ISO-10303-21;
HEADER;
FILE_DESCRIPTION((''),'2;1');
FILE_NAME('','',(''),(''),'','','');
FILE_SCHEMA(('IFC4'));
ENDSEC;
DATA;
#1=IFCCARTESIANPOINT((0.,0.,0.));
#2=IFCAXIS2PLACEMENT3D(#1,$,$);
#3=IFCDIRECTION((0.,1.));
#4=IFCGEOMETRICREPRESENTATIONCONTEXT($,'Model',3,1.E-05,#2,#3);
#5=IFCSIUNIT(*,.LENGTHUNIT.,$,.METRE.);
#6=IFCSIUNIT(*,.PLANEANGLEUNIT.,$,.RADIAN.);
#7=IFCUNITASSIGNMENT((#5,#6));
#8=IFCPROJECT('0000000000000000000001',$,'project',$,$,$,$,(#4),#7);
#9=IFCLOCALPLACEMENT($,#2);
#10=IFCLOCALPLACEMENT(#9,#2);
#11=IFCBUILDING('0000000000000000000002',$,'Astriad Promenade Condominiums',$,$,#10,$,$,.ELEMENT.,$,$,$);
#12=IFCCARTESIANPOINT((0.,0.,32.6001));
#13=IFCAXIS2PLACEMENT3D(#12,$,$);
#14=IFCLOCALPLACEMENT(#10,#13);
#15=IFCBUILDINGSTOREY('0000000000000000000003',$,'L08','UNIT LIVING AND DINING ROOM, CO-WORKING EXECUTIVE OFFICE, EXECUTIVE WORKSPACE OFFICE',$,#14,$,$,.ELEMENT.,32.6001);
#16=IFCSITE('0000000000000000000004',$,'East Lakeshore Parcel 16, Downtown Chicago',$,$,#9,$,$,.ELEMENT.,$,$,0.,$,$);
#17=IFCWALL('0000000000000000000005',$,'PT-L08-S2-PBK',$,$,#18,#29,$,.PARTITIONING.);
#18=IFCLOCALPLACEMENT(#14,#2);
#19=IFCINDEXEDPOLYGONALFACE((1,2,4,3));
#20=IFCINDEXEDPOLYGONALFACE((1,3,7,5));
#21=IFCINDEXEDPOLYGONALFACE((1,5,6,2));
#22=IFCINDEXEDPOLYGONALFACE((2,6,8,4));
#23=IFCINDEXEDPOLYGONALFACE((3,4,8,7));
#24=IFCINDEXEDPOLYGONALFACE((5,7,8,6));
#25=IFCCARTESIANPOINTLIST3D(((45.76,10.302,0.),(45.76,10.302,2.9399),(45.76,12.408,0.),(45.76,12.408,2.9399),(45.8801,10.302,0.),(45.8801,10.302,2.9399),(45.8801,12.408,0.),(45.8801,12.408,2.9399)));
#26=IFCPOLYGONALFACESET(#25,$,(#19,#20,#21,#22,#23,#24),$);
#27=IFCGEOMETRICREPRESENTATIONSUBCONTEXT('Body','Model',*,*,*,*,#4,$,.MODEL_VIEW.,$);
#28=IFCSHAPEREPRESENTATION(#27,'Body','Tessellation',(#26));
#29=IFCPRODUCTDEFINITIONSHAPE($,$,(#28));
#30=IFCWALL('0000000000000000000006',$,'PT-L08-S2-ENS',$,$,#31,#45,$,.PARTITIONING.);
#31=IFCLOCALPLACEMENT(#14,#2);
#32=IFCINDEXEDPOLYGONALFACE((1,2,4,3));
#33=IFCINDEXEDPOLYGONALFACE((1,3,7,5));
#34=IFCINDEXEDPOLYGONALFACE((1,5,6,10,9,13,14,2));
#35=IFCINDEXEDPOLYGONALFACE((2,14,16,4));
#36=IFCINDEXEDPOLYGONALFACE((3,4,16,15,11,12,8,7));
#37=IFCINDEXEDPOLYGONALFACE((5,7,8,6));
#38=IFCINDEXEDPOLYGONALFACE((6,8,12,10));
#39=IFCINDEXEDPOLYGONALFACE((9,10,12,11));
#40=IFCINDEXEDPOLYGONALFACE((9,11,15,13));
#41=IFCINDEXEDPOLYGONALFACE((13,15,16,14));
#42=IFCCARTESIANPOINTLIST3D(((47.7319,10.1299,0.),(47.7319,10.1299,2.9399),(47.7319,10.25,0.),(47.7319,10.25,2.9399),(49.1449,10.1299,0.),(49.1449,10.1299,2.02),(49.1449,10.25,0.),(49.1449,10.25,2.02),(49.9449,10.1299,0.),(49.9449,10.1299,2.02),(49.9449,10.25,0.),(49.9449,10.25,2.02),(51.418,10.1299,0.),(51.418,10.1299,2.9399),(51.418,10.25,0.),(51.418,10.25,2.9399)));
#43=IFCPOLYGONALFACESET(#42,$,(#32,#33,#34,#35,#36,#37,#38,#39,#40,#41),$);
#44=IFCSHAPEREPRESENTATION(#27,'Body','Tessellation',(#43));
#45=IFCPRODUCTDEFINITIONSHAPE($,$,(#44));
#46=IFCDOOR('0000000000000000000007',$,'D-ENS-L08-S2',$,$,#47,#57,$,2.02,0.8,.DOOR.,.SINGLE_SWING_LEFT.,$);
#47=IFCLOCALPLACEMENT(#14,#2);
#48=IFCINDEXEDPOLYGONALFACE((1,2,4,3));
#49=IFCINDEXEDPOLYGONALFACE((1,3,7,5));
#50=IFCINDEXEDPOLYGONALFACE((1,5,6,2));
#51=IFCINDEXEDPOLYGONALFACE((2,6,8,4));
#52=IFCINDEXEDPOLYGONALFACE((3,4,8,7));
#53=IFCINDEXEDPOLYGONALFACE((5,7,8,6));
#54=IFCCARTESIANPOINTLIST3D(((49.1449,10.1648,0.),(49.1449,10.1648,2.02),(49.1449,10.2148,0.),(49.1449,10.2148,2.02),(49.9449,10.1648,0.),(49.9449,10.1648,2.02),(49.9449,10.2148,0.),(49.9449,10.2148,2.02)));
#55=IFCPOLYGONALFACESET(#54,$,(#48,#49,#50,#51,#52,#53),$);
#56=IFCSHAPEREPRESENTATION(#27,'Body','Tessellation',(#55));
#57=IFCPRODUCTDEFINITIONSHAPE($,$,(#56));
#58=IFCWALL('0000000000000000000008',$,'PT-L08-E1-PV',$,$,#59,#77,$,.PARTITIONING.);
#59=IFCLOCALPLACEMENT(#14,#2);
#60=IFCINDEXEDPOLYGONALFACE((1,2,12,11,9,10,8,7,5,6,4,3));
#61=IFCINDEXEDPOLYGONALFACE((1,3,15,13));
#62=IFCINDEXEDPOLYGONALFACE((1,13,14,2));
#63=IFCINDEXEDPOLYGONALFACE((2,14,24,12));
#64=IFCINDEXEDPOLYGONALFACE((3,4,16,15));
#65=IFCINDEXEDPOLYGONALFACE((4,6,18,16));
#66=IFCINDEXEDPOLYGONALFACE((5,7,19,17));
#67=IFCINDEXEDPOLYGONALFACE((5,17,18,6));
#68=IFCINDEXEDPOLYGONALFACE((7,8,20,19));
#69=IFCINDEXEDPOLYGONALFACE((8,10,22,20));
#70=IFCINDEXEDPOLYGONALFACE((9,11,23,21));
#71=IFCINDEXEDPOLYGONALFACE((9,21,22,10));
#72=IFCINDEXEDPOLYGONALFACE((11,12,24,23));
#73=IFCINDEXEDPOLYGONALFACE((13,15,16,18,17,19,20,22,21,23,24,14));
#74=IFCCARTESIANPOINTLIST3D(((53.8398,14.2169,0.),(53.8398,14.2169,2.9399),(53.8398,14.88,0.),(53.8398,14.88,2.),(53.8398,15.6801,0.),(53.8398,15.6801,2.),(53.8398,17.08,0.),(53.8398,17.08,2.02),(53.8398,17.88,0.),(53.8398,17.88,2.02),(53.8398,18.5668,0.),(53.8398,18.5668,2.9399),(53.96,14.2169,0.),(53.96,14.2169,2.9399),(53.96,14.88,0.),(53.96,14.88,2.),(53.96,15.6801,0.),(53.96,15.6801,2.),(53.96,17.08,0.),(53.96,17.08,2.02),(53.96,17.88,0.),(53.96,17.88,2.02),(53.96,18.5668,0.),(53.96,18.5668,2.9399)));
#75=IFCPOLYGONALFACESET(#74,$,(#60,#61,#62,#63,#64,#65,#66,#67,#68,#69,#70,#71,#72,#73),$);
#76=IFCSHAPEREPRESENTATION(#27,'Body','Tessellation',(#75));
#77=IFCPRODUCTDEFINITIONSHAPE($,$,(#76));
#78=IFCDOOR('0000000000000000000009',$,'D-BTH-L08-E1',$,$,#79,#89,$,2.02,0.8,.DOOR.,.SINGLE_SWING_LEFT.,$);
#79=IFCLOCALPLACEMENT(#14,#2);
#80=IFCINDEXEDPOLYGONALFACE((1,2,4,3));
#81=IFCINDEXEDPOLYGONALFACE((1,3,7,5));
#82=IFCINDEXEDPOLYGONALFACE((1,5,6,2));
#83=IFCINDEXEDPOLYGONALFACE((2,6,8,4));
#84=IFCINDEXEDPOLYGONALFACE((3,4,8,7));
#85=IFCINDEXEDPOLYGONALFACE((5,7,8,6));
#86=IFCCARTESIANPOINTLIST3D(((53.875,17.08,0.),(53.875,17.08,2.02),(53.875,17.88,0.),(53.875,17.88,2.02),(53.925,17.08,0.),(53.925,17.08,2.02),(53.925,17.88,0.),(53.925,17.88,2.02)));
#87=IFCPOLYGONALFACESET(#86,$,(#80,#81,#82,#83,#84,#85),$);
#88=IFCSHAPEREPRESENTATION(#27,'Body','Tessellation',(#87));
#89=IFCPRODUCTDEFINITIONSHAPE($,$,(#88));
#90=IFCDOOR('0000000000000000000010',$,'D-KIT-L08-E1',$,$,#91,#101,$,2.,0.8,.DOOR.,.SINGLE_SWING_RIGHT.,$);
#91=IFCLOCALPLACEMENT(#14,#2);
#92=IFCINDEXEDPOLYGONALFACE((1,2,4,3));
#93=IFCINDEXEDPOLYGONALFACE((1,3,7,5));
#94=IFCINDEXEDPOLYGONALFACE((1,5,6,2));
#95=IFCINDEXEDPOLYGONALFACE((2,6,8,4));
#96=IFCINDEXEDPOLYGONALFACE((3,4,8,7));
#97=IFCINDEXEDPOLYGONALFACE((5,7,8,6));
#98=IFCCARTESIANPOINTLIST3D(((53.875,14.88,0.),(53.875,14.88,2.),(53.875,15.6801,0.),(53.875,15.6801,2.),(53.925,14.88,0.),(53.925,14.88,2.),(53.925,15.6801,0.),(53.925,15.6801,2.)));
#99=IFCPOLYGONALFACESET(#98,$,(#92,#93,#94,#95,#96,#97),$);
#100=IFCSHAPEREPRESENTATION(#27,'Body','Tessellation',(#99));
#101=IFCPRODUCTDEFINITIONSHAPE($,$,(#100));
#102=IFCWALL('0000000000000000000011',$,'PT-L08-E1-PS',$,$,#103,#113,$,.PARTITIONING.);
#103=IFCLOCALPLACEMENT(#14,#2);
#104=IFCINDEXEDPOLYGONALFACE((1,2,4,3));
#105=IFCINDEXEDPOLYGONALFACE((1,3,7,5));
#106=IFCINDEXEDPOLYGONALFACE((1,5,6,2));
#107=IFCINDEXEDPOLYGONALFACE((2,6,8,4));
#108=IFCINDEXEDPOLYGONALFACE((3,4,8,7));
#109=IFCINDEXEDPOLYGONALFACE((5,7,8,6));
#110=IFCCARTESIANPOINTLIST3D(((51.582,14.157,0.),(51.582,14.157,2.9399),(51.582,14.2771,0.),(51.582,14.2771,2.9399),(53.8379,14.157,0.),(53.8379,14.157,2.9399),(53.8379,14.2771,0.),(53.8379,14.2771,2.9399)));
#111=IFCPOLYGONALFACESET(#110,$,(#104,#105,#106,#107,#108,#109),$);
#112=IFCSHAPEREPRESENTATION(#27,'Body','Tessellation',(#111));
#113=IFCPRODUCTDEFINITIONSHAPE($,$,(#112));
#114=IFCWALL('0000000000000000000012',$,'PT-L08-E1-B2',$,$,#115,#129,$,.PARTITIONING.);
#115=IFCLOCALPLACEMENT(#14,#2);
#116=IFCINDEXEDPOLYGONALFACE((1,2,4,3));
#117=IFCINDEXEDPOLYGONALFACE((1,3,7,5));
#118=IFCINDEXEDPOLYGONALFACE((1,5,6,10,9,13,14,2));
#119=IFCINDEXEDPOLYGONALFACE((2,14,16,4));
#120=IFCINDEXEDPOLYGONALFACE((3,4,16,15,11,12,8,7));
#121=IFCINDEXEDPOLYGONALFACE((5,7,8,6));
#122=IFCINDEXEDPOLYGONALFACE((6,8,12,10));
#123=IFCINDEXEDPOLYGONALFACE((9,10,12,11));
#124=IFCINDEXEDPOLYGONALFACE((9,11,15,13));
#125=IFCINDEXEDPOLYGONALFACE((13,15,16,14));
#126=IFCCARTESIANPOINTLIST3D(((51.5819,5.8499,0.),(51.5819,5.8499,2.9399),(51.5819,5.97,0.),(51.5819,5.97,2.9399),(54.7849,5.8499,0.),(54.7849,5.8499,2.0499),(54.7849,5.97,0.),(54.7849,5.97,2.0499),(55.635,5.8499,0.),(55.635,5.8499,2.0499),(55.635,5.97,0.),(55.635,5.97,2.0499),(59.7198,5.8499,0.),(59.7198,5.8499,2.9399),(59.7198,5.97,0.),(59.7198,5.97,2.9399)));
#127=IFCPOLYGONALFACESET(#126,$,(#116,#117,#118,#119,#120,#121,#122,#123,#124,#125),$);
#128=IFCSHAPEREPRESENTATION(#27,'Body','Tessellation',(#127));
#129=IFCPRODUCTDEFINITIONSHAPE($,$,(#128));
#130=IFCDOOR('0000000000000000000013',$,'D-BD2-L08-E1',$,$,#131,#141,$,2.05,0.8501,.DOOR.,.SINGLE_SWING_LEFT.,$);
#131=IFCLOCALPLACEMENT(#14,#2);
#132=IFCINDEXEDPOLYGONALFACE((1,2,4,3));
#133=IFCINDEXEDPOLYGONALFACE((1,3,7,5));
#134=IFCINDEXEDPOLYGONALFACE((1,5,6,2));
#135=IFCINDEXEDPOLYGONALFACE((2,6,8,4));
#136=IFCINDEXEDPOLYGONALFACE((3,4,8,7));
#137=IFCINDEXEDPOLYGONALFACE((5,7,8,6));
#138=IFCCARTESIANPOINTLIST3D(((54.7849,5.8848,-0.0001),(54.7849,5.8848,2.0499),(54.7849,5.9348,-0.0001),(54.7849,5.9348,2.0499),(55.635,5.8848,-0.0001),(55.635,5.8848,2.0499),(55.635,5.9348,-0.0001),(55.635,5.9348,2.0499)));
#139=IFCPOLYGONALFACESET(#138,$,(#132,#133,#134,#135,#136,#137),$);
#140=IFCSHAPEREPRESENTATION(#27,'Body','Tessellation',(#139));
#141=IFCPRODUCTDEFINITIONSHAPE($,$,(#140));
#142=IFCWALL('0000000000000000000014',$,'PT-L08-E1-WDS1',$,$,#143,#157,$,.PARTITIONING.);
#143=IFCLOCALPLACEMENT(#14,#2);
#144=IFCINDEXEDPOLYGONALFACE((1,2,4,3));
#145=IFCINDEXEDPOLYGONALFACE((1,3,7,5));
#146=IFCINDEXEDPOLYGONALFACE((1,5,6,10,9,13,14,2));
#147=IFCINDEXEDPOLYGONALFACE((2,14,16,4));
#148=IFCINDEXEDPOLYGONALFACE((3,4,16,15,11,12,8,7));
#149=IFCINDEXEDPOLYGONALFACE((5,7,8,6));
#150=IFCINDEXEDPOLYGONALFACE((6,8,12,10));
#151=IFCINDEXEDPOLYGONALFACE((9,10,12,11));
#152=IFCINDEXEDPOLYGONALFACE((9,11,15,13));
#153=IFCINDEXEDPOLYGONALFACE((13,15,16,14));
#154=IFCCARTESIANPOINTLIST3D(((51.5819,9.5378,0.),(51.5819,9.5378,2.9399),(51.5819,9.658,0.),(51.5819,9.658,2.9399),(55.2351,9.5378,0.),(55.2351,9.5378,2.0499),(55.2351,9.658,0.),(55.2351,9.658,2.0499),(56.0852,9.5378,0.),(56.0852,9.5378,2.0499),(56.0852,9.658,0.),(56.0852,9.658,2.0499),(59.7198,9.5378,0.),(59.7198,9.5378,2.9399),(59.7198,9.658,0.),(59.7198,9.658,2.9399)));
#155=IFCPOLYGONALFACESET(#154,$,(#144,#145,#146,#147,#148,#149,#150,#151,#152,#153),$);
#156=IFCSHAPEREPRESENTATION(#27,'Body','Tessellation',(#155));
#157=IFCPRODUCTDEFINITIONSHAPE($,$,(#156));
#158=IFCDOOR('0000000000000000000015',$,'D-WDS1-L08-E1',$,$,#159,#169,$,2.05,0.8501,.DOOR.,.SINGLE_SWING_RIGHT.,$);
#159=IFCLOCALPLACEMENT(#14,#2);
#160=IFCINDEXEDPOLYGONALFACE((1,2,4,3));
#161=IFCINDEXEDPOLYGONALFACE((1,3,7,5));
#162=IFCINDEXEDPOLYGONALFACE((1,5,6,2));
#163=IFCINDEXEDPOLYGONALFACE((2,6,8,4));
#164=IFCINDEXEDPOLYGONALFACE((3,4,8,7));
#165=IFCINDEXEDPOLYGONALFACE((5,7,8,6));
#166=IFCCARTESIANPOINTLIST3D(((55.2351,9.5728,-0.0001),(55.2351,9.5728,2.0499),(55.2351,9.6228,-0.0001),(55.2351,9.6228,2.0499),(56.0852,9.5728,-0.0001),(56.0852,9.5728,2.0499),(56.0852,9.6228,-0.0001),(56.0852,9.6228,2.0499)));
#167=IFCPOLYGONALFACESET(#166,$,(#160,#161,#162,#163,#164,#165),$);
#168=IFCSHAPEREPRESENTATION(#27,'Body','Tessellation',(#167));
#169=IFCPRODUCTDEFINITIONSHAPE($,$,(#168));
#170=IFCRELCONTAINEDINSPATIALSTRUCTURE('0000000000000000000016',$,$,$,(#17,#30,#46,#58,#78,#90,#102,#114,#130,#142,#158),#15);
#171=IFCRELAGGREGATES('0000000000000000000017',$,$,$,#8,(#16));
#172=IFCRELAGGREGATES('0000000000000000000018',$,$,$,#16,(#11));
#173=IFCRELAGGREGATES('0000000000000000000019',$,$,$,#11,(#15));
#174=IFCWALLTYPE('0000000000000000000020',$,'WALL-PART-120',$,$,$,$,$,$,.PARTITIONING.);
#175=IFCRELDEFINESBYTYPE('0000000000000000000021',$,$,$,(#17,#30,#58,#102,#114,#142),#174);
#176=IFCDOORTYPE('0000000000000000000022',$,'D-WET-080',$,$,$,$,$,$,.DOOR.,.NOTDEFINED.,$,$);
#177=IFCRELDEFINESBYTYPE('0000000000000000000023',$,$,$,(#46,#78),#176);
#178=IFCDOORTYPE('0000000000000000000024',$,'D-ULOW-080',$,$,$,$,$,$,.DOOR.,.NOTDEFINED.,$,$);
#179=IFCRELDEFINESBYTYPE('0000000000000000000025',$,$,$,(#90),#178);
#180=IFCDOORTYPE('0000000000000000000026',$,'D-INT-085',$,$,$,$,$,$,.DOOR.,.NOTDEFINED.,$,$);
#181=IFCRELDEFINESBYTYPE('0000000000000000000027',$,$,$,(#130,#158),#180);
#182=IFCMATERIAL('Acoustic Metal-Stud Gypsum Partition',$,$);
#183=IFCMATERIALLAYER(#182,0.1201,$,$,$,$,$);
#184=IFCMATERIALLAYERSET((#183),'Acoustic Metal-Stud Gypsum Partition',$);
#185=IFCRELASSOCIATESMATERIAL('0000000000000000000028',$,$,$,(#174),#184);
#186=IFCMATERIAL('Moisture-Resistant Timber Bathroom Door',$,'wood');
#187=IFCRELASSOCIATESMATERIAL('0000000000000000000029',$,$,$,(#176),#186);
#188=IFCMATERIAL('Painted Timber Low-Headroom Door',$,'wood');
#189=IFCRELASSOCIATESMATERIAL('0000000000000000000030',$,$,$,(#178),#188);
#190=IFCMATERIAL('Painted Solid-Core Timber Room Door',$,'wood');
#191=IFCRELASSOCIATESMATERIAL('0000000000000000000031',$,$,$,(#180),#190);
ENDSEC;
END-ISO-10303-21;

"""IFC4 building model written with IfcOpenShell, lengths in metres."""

from ifc_helpers import new_model, si_unit, direction, frame, frame_2d, origin, place, context, subcontext, project, spatial, rectangle, extrude, source, transform, mapped, material, layer, layer_set, type_object, type_shapes, element, fill, save


model = new_model("IFC4")

# Units and contexts
model_context = context("Model", 3, precision=1e-05, world=origin(), true_north=direction((0.0, 1.0)))
body_context = subcontext(model_context, "Body", "Model", "MODEL_VIEW")
ifc_project = project(units=[si_unit("LENGTHUNIT", "METRE"), si_unit("PLANEANGLEUNIT", "RADIAN")], contexts=[model_context])

# Site, building, storey
site_placement = place(None, origin())
site = spatial("IfcSite", under=ifc_project, at=site_placement, Name="East Lakeshore Parcel 16, Downtown Chicago", CompositionType="ELEMENT", RefElevation=0.0)
building_placement = place(site_placement, origin())
building = spatial("IfcBuilding", under=site, at=building_placement, Name="Astriad Promenade Condominiums", CompositionType="ELEMENT")
storey_placement = place(building_placement, frame((0.0, 0.0, 32.6001)))
storey = spatial("IfcBuildingStorey", under=building, at=storey_placement, Name="L08", Description="UNIT LIVING AND DINING ROOM, CO-WORKING EXECUTIVE OFFICE, EXECUTIVE WORKSPACE OFFICE", CompositionType="ELEMENT", Elevation=32.6001)

# Shared definitions
ifc_material_1 = material(Name="Acoustic Metal-Stud Gypsum Partition")
ifc_layer_1 = layer(ifc_material_1, 0.1201)
ifc_layer_set_1 = layer_set([ifc_layer_1], Name="Acoustic Metal-Stud Gypsum Partition")
wall_type_1 = type_object("IfcWallType", Name="WALL-PART-120", PredefinedType="PARTITIONING", material=ifc_layer_set_1)

# Wall
wall_1_placement = place(storey_placement, frame((45.8201, 10.302, 0.0), z_axis=(0.0, 0.0, 1.0), x_axis=(0.0, 1.0, 0.0)))
element("IfcWall", 1, at=wall_1_placement, inside=storey, type_object=wall_type_1, Name="PT-L08-S2-PBK", PredefinedType="PARTITIONING", context=body_context, shape_type="SweptSolid", body=[
    extrude(rectangle(XDim=2.106, YDim=0.1201, at=frame_2d((1.053, 0.0))), origin(), (0.0, 0.0, 1.0), 2.9399),
])

# Wall, opening, door
wall_2_placement = place(storey_placement, frame((47.7319, 10.1899, 0.0), z_axis=(0.0, 0.0, 1.0), x_axis=(1.0, 0.0, 0.0)))
wall_2 = element("IfcWall", 2, at=wall_2_placement, inside=storey, type_object=wall_type_1, Name="PT-L08-S2-ENS", PredefinedType="PARTITIONING", context=body_context, shape_type="SweptSolid", body=[
    extrude(rectangle(XDim=3.686, YDim=0.1201, at=frame_2d((1.843, 0.0))), origin(), (0.0, 0.0, 1.0), 2.9399),
])
opening_1_placement = place(wall_2_placement, frame((1.4131, 0.0, 0.0)))
opening_1 = element("IfcOpeningElement", 3, at=opening_1_placement, cuts=wall_2, PredefinedType="OPENING", context=body_context, shape_type="SweptSolid", body=[
    extrude(rectangle(XDim=0.8, YDim=2.02, at=frame_2d((0.3999, 1.01))), frame((0.0, 0.0701, 0.0), z_axis=(0.0, -1.0, 0.0), x_axis=(1.0, 0.0, 0.0)), (0.0, 0.0, 1.0), 0.1401),
])
ifc_material_2 = material(Name="Moisture-Resistant Timber Bathroom Door", Category="wood")
door_type_1 = type_object("IfcDoorType", Name="D-WET-080", OperationType="NOTDEFINED", PredefinedType="DOOR", material=ifc_material_2)
shared_shape_1 = source(origin(), body_context, "Body", "SweptSolid", [
    extrude(rectangle(XDim=0.8, YDim=2.02, at=frame_2d((0.3999, 1.01))), frame((0.0, 0.0249, 0.0), z_axis=(0.0, -1.0, 0.0), x_axis=(1.0, 0.0, 0.0)), (0.0, 0.0, 1.0), 0.05),
])
type_shapes(door_type_1, [shared_shape_1])
door_1_placement = place(opening_1_placement, origin())
door_1 = element("IfcDoor", 4, at=door_1_placement, inside=storey, type_object=door_type_1, Name="D-ENS-L08-S2", OperationType="SINGLE_SWING_LEFT", OverallHeight=2.02, OverallWidth=0.8, PredefinedType="DOOR", context=body_context, shape_type="MappedRepresentation", body=[
    mapped(shared_shape_1, transform((0.0, 0.0, 0.0), scale=1.0)),
])
fill(opening_1, door_1)

# Wall, openings, doors
wall_3_placement = place(storey_placement, frame((53.8999, 14.217, 0.0), z_axis=(0.0, 0.0, 1.0), x_axis=(0.0, 1.0, 0.0)))
wall_3 = element("IfcWall", 5, at=wall_3_placement, inside=storey, type_object=wall_type_1, Name="PT-L08-E1-PV", PredefinedType="PARTITIONING", context=body_context, shape_type="SweptSolid", body=[
    extrude(rectangle(XDim=4.3499, YDim=0.1201, at=frame_2d((2.1748, 0.0))), origin(), (0.0, 0.0, 1.0), 2.9399),
])
opening_2_placement = place(wall_3_placement, frame((0.6631, 0.0, 0.0)))
opening_2 = element("IfcOpeningElement", 6, at=opening_2_placement, cuts=wall_3, PredefinedType="OPENING", context=body_context, shape_type="SweptSolid", body=[
    extrude(rectangle(XDim=0.8, YDim=2.0, at=frame_2d((0.3999, 1.0))), frame((0.0, 0.0701, 0.0), z_axis=(0.0, -1.0, 0.0), x_axis=(1.0, 0.0, 0.0)), (0.0, 0.0, 1.0), 0.1401),
])
opening_3_placement = place(wall_3_placement, frame((2.863, 0.0, 0.0)))
opening_3 = element("IfcOpeningElement", 7, at=opening_3_placement, cuts=wall_3, PredefinedType="OPENING", context=body_context, shape_type="SweptSolid", body=[
    extrude(rectangle(XDim=0.8, YDim=2.02, at=frame_2d((0.3999, 1.01))), frame((0.0, 0.0701, 0.0), z_axis=(0.0, -1.0, 0.0), x_axis=(1.0, 0.0, 0.0)), (0.0, 0.0, 1.0), 0.1401),
])
door_2_placement = place(opening_3_placement, origin())
door_2 = element("IfcDoor", 8, at=door_2_placement, inside=storey, type_object=door_type_1, Name="D-BTH-L08-E1", OperationType="SINGLE_SWING_LEFT", OverallHeight=2.02, OverallWidth=0.8, PredefinedType="DOOR", context=body_context, shape_type="MappedRepresentation", body=[
    mapped(shared_shape_1, transform((0.0, 0.0, 0.0), scale=1.0)),
])
fill(opening_3, door_2)
ifc_material_3 = material(Name="Painted Timber Low-Headroom Door", Category="wood")
door_type_2 = type_object("IfcDoorType", Name="D-ULOW-080", OperationType="NOTDEFINED", PredefinedType="DOOR", material=ifc_material_3)
shared_shape_2 = source(origin(), body_context, "Body", "SweptSolid", [
    extrude(rectangle(XDim=0.8, YDim=2.0, at=frame_2d((0.3999, 1.0))), frame((0.0, 0.0249, 0.0), z_axis=(0.0, -1.0, 0.0), x_axis=(1.0, 0.0, 0.0)), (0.0, 0.0, 1.0), 0.05),
])
type_shapes(door_type_2, [shared_shape_2])
door_3_placement = place(opening_2_placement, origin())
door_3 = element("IfcDoor", 9, at=door_3_placement, inside=storey, type_object=door_type_2, Name="D-KIT-L08-E1", OperationType="SINGLE_SWING_RIGHT", OverallHeight=2.0, OverallWidth=0.8, PredefinedType="DOOR", context=body_context, shape_type="MappedRepresentation", body=[
    mapped(shared_shape_2, transform((0.0, 0.0, 0.0), scale=1.0)),
])
fill(opening_2, door_3)

# Wall
wall_4_placement = place(storey_placement, frame((51.582, 14.217, 0.0), z_axis=(0.0, 0.0, 1.0), x_axis=(1.0, 0.0, 0.0)))
element("IfcWall", 10, at=wall_4_placement, inside=storey, type_object=wall_type_1, Name="PT-L08-E1-PS", PredefinedType="PARTITIONING", context=body_context, shape_type="SweptSolid", body=[
    extrude(rectangle(XDim=2.2559, YDim=0.1201, at=frame_2d((1.1279, 0.0))), origin(), (0.0, 0.0, 1.0), 2.9399),
])

# Walls, openings, doors
wall_5_placement = place(storey_placement, frame((51.582, 5.9099, 0.0), z_axis=(0.0, 0.0, 1.0), x_axis=(1.0, 0.0, 0.0)))
wall_5 = element("IfcWall", 11, at=wall_5_placement, inside=storey, type_object=wall_type_1, Name="PT-L08-E1-B2", PredefinedType="PARTITIONING", context=body_context, shape_type="SweptSolid", body=[
    extrude(rectangle(XDim=8.1379, YDim=0.1201, at=frame_2d((4.0688, 0.0))), origin(), (0.0, 0.0, 1.0), 2.9399),
])
opening_4_placement = place(wall_5_placement, frame((3.2029, 0.0, 0.0)))
opening_4 = element("IfcOpeningElement", 12, at=opening_4_placement, cuts=wall_5, PredefinedType="OPENING", context=body_context, shape_type="SweptSolid", body=[
    extrude(rectangle(XDim=0.8501, YDim=2.05, at=frame_2d((0.425, 1.0249))), frame((0.0, 0.0701, 0.0), z_axis=(0.0, -1.0, 0.0), x_axis=(1.0, 0.0, 0.0)), (0.0, 0.0, 1.0), 0.1401),
])
ifc_material_4 = material(Name="Painted Solid-Core Timber Room Door", Category="wood")
door_type_3 = type_object("IfcDoorType", Name="D-INT-085", OperationType="NOTDEFINED", PredefinedType="DOOR", material=ifc_material_4)
shared_shape_3 = source(origin(), body_context, "Body", "SweptSolid", [
    extrude(rectangle(XDim=0.8501, YDim=2.05, at=frame_2d((0.425, 1.0249))), frame((0.0, 0.0249, 0.0), z_axis=(0.0, -1.0, 0.0), x_axis=(1.0, 0.0, 0.0)), (0.0, 0.0, 1.0), 0.05),
])
type_shapes(door_type_3, [shared_shape_3])
door_4_placement = place(opening_4_placement, origin())
door_4 = element("IfcDoor", 13, at=door_4_placement, inside=storey, type_object=door_type_3, Name="D-BD2-L08-E1", OperationType="SINGLE_SWING_LEFT", OverallHeight=2.05, OverallWidth=0.8501, PredefinedType="DOOR", context=body_context, shape_type="MappedRepresentation", body=[
    mapped(shared_shape_3, transform((0.0, 0.0, 0.0), scale=1.0)),
])
fill(opening_4, door_4)
wall_6_placement = place(storey_placement, frame((51.582, 9.5979, 0.0), z_axis=(0.0, 0.0, 1.0), x_axis=(1.0, 0.0, 0.0)))
wall_6 = element("IfcWall", 14, at=wall_6_placement, inside=storey, type_object=wall_type_1, Name="PT-L08-E1-WDS1", PredefinedType="PARTITIONING", context=body_context, shape_type="SweptSolid", body=[
    extrude(rectangle(XDim=8.1379, YDim=0.1201, at=frame_2d((4.0688, 0.0))), origin(), (0.0, 0.0, 1.0), 2.9399),
])
opening_5_placement = place(wall_6_placement, frame((3.6531, 0.0, 0.0)))
opening_5 = element("IfcOpeningElement", 15, at=opening_5_placement, cuts=wall_6, PredefinedType="OPENING", context=body_context, shape_type="SweptSolid", body=[
    extrude(rectangle(XDim=0.8501, YDim=2.05, at=frame_2d((0.425, 1.0249))), frame((0.0, 0.0701, 0.0), z_axis=(0.0, -1.0, 0.0), x_axis=(1.0, 0.0, 0.0)), (0.0, 0.0, 1.0), 0.1401),
])
door_5_placement = place(opening_5_placement, origin())
door_5 = element("IfcDoor", 16, at=door_5_placement, inside=storey, type_object=door_type_3, Name="D-WDS1-L08-E1", OperationType="SINGLE_SWING_RIGHT", OverallHeight=2.05, OverallWidth=0.8501, PredefinedType="DOOR", context=body_context, shape_type="MappedRepresentation", body=[
    mapped(shared_shape_3, transform((0.0, 0.0, 0.0), scale=1.0)),
])
fill(opening_5, door_5)

save(model, "model.ifc")
